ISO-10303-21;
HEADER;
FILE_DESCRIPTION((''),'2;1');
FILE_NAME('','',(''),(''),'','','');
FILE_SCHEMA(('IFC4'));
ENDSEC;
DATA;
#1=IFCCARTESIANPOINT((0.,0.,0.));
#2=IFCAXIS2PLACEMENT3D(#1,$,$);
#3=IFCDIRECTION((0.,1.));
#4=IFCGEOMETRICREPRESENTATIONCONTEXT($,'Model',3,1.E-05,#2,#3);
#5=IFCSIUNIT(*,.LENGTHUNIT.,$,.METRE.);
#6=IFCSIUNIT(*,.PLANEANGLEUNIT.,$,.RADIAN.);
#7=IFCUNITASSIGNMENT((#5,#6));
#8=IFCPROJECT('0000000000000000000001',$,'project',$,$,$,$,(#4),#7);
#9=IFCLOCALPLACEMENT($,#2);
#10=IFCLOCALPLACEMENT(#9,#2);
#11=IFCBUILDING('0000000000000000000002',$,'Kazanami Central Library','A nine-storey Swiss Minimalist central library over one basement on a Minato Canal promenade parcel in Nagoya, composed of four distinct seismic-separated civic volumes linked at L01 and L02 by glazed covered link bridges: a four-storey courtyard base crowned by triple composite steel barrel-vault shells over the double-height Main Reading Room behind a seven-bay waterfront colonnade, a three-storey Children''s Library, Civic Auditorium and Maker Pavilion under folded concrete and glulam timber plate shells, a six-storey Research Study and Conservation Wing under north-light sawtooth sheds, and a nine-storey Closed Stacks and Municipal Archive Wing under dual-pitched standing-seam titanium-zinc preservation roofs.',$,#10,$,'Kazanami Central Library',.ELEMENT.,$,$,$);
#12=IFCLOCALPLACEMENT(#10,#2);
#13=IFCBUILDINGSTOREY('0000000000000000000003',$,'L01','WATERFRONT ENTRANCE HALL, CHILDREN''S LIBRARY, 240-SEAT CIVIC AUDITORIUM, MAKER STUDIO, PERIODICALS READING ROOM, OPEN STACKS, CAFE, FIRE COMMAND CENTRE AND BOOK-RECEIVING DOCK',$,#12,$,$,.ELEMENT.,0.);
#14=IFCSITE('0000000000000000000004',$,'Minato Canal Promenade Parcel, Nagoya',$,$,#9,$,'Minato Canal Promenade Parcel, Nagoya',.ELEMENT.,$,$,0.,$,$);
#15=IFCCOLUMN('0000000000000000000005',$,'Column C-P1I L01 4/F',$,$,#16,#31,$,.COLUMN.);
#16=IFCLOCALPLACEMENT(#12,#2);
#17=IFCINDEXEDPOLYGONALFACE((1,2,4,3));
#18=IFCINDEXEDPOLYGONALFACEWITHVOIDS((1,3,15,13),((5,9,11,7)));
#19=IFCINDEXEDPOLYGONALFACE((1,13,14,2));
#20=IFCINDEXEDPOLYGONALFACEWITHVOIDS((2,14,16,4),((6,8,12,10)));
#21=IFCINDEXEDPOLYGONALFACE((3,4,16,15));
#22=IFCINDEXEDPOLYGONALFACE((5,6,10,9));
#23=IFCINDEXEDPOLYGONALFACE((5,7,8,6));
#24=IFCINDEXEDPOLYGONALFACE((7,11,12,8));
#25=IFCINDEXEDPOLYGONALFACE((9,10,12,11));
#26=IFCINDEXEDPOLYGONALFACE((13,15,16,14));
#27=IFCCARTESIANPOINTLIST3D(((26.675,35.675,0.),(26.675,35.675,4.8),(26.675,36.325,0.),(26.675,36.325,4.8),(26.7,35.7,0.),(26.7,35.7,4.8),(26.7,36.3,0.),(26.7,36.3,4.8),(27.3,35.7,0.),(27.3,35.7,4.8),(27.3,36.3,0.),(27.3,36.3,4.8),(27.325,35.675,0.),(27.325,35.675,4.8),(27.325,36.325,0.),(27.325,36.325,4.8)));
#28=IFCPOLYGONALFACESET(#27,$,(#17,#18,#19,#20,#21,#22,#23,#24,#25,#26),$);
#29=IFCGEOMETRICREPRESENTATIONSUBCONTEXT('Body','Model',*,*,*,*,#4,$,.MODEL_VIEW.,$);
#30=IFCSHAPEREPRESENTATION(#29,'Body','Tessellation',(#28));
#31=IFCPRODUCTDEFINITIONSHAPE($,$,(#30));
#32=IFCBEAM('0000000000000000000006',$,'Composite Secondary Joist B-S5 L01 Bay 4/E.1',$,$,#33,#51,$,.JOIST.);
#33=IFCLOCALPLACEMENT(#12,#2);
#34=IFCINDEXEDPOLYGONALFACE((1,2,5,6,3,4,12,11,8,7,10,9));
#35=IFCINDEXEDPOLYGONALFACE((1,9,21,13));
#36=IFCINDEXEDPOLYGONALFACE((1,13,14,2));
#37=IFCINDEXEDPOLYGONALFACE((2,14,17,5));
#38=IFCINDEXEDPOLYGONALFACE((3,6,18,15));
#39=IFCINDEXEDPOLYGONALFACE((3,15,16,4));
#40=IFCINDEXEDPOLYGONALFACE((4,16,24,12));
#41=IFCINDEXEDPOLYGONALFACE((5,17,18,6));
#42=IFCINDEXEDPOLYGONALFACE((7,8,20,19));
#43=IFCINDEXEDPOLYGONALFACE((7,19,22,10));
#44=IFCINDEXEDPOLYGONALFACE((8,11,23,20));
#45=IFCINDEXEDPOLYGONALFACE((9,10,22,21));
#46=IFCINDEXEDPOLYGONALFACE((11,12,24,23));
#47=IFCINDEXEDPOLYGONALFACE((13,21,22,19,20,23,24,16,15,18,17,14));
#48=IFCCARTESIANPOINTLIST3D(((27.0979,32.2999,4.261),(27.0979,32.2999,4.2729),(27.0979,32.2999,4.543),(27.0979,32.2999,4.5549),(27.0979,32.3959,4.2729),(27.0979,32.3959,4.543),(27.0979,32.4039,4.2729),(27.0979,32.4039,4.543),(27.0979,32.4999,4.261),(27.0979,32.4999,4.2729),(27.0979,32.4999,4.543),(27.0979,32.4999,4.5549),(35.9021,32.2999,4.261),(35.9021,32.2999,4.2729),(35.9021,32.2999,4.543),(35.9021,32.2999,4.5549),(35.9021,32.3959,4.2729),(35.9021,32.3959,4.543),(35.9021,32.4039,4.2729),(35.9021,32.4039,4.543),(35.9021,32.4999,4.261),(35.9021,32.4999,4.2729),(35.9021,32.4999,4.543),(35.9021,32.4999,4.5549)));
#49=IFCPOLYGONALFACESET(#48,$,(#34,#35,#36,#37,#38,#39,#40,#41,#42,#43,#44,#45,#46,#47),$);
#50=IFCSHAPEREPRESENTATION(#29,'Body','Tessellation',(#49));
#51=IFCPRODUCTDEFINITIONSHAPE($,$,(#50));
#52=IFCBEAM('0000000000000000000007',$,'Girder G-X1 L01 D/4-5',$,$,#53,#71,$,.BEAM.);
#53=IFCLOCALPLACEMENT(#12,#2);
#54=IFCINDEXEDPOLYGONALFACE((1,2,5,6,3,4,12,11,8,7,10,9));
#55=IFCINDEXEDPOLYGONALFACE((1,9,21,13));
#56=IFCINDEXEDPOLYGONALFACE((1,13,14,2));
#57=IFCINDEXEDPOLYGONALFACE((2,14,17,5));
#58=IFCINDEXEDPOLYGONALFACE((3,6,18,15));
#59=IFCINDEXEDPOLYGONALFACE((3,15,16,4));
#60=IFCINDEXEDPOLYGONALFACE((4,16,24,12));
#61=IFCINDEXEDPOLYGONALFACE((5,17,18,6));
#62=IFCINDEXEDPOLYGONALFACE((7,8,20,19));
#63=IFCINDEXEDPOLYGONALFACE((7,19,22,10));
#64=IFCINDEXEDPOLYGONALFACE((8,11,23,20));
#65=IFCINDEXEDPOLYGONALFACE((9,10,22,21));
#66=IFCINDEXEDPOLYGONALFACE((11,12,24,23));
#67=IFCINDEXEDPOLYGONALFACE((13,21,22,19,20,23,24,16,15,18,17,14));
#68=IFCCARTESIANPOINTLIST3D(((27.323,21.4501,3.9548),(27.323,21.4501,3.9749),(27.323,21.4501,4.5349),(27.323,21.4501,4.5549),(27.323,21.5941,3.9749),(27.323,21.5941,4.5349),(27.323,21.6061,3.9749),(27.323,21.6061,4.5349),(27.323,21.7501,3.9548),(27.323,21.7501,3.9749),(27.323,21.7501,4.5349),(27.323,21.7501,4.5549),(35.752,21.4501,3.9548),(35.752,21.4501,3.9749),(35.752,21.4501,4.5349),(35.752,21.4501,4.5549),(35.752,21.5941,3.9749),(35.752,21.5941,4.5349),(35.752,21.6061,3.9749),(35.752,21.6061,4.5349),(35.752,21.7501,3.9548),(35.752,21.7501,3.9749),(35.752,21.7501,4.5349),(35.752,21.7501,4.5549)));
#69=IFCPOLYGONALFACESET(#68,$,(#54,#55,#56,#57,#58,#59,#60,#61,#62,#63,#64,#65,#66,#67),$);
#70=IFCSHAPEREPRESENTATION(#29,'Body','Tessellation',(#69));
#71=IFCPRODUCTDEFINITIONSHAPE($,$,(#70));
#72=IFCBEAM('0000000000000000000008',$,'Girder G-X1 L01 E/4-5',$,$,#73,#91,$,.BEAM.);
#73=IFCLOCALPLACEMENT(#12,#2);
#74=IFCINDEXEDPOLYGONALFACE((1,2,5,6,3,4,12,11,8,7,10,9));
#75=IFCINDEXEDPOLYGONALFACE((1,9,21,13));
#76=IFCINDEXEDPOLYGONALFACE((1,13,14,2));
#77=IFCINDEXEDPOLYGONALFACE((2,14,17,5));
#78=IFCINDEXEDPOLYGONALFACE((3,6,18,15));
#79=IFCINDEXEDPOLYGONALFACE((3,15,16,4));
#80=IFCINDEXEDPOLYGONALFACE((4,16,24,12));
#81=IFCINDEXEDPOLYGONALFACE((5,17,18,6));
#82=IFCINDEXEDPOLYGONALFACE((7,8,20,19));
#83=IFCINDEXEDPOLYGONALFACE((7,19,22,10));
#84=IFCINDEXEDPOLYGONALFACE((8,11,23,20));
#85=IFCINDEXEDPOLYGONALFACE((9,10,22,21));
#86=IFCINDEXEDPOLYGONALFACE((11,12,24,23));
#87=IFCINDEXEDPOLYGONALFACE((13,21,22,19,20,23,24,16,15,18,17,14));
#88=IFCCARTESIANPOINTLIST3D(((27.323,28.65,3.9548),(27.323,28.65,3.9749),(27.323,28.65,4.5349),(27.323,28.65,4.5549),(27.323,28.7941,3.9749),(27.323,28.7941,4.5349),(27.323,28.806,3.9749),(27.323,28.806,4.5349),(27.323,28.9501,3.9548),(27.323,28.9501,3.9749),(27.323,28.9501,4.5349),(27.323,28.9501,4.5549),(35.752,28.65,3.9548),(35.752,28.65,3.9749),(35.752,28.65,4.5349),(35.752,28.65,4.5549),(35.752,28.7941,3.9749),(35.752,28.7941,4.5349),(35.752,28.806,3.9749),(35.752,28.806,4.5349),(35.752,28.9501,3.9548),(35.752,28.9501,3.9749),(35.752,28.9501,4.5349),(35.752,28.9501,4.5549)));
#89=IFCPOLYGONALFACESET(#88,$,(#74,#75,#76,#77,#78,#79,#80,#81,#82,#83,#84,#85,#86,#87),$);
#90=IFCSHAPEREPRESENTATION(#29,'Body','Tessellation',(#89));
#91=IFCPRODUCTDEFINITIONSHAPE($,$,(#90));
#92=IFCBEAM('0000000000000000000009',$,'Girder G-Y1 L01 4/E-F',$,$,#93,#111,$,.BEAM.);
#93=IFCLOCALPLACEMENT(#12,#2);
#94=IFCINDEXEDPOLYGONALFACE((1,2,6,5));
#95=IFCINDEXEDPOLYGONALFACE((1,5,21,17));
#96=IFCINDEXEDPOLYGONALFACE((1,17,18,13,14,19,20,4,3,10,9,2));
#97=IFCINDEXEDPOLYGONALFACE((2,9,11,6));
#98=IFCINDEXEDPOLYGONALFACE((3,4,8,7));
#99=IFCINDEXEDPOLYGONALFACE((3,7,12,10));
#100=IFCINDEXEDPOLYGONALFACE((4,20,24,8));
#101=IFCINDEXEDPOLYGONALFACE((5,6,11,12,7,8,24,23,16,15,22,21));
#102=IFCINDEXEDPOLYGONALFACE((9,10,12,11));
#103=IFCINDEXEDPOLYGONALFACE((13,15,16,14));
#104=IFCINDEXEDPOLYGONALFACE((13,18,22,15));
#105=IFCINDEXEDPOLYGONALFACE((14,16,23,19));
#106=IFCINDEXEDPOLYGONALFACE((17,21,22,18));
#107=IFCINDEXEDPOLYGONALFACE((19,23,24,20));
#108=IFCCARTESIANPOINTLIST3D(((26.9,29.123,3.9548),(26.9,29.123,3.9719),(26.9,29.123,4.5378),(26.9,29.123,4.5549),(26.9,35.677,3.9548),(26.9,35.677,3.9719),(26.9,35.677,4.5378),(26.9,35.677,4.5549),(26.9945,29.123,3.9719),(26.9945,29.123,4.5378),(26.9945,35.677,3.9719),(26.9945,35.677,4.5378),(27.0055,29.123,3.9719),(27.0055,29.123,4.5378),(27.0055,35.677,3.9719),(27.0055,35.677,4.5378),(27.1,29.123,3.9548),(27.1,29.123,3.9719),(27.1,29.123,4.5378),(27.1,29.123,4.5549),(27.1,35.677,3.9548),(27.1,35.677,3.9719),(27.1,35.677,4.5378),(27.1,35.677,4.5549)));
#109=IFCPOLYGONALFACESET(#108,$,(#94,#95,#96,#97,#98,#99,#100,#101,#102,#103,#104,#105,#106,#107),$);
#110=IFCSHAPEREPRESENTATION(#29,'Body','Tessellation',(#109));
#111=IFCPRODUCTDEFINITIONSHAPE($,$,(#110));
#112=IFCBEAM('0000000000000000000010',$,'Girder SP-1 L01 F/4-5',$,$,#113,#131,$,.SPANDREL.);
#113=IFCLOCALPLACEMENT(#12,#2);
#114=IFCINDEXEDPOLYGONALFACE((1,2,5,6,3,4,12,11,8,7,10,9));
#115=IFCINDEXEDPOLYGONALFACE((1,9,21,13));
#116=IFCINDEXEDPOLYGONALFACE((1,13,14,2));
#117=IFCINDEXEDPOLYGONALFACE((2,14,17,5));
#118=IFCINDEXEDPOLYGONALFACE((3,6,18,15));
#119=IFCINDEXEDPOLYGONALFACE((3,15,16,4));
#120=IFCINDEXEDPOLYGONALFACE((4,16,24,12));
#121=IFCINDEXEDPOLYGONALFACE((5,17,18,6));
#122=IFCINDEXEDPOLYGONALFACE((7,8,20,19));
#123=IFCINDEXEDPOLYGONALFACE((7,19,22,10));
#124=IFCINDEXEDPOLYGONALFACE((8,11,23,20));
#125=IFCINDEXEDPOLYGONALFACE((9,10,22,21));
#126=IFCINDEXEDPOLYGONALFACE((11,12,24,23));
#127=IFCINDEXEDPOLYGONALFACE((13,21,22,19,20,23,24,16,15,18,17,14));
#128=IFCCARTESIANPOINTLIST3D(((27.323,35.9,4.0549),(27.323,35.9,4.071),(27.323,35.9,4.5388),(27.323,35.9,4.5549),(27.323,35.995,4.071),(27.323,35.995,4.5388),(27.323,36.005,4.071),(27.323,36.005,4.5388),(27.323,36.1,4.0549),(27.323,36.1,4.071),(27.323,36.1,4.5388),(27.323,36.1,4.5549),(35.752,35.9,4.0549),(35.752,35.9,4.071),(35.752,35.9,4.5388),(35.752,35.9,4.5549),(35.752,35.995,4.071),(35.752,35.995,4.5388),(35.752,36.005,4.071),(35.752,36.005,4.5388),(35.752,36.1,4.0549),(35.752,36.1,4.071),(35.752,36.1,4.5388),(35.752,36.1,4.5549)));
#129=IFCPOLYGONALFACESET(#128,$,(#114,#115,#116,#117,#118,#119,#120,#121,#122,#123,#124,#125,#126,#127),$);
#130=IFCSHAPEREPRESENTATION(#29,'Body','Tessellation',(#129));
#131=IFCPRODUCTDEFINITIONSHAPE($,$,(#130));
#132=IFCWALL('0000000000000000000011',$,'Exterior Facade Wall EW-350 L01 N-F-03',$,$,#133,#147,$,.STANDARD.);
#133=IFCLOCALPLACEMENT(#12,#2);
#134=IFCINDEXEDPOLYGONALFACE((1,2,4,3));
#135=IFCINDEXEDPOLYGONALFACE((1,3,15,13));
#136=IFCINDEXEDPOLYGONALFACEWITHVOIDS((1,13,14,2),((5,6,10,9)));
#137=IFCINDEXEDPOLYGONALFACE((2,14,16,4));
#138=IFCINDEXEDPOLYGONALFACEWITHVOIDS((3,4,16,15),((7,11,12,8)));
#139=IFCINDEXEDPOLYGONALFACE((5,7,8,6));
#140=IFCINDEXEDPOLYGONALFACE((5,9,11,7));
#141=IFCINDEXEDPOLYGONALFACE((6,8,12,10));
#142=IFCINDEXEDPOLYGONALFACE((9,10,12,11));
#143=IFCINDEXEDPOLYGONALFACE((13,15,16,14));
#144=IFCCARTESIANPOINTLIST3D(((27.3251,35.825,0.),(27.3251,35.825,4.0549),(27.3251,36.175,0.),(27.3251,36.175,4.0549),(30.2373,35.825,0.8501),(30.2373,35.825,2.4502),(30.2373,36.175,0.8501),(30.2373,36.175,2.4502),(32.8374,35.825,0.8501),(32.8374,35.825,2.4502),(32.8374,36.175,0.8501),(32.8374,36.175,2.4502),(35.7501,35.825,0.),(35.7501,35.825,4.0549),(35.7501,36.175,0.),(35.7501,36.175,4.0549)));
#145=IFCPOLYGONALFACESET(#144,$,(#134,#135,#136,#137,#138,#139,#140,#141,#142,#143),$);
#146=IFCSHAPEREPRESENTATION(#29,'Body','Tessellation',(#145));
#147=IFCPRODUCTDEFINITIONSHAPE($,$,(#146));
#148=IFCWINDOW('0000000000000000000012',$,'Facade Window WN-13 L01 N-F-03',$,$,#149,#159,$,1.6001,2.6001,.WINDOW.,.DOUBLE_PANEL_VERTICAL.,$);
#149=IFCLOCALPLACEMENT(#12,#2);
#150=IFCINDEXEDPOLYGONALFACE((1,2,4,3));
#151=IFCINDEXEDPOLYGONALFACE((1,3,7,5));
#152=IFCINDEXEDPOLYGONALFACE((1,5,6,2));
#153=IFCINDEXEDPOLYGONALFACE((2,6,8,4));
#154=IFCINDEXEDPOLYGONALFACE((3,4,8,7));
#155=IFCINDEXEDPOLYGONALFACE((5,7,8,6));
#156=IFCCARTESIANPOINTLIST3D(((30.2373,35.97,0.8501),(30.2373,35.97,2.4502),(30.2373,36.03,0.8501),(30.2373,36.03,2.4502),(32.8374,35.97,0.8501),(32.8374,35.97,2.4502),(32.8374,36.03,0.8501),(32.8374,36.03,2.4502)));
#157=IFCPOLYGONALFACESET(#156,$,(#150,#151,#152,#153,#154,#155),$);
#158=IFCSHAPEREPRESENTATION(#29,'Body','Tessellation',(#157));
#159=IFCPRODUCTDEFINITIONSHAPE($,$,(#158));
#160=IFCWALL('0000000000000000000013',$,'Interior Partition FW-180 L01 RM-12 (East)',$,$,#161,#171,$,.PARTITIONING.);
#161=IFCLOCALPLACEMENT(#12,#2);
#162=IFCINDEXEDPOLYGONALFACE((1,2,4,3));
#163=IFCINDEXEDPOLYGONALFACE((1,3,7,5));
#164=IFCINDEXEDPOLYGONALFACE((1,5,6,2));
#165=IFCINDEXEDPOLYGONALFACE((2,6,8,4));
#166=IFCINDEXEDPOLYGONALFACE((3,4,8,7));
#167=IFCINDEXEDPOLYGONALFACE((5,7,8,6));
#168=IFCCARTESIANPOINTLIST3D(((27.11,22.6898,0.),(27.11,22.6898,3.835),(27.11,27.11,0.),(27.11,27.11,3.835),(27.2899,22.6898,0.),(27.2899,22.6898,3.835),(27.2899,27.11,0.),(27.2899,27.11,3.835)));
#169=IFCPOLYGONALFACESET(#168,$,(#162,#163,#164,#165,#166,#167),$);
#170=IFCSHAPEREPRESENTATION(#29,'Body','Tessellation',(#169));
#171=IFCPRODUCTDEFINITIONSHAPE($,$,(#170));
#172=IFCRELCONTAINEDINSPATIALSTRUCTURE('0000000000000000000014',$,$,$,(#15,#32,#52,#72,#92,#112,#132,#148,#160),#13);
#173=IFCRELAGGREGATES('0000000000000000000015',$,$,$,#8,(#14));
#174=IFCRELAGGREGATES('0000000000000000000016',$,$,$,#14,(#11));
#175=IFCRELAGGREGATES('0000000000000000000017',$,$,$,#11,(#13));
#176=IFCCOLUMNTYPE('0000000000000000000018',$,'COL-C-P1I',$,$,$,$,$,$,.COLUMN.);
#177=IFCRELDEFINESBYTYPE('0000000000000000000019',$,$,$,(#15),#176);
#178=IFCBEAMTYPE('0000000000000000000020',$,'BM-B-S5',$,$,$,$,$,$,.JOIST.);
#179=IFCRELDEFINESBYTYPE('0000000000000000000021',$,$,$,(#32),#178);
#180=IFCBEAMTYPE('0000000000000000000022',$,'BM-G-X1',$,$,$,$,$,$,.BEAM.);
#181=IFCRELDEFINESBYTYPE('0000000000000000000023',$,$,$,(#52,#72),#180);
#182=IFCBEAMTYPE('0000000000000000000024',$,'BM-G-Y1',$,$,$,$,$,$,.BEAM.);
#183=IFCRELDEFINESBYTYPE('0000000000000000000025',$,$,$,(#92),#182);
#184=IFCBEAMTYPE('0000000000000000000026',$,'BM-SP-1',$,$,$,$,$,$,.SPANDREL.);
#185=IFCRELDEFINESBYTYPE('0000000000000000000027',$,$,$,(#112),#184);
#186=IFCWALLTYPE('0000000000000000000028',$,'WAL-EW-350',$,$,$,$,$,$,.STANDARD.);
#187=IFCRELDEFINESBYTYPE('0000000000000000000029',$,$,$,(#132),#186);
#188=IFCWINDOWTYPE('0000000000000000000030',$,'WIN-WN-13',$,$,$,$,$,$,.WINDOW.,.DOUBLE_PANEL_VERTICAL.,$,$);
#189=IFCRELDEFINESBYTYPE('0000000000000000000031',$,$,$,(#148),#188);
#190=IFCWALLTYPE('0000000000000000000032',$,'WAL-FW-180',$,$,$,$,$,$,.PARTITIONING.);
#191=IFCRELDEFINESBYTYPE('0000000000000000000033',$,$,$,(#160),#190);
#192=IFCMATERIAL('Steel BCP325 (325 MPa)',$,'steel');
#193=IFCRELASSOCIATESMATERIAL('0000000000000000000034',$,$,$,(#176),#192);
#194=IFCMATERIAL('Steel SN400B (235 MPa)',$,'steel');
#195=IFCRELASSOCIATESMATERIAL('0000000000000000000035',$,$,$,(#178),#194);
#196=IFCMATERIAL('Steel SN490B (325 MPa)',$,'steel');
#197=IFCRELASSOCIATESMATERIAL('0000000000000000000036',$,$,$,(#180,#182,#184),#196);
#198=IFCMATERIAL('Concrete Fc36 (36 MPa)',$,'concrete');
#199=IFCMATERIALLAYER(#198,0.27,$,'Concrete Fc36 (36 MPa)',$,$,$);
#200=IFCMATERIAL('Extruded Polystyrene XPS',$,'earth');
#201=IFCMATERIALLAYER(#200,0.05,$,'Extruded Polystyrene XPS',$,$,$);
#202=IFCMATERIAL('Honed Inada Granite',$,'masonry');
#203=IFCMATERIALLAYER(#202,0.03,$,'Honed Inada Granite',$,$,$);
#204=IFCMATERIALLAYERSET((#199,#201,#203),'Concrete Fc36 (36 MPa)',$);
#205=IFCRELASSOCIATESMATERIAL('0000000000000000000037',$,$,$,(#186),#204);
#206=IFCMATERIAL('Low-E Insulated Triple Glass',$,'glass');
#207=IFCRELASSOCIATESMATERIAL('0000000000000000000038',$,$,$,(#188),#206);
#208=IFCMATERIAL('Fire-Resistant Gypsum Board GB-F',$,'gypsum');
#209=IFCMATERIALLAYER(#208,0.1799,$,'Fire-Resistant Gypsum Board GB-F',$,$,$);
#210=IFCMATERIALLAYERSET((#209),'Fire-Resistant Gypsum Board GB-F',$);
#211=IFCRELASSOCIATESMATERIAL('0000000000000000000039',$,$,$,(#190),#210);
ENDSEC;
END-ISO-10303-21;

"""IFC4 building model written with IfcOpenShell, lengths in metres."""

from ifc_helpers import new_model, si_unit, direction, frame, frame_2d, origin, origin_2d, place, context, subcontext, project, spatial, rectangle, hollow_rectangle, i_section, extrude, material, layer, layer_set, material_profile, profile_set, type_object, element, fill, save


model = new_model("IFC4")

# Units and contexts
model_context = context("Model", 3, precision=1e-05, world=origin(), true_north=direction((0.0, 1.0)))
body_context = subcontext(model_context, "Body", "Model", "MODEL_VIEW")
ifc_project = project(units=[si_unit("LENGTHUNIT", "METRE"), si_unit("PLANEANGLEUNIT", "RADIAN")], contexts=[model_context])

# Site, building, storey
site_placement = place(None, origin())
site = spatial("IfcSite", under=ifc_project, at=site_placement, Name="Minato Canal Promenade Parcel, Nagoya", LongName="Minato Canal Promenade Parcel, Nagoya", CompositionType="ELEMENT", RefElevation=0.0)
building_placement = place(site_placement, origin())
building = spatial("IfcBuilding", under=site, at=building_placement, Name="Kazanami Central Library", Description="A nine-storey Swiss Minimalist central library over one basement on a Minato Canal promenade parcel in Nagoya, composed of four distinct seismic-separated civic volumes linked at L01 and L02 by glazed covered link bridges: a four-storey courtyard base crowned by triple composite steel barrel-vault shells over the double-height Main Reading Room behind a seven-bay waterfront colonnade, a three-storey Children's Library, Civic Auditorium and Maker Pavilion under folded concrete and glulam timber plate shells, a six-storey Research Study and Conservation Wing under north-light sawtooth sheds, and a nine-storey Closed Stacks and Municipal Archive Wing under dual-pitched standing-seam titanium-zinc preservation roofs.", LongName="Kazanami Central Library", CompositionType="ELEMENT")
storey_placement = place(building_placement, origin())
storey = spatial("IfcBuildingStorey", under=building, at=storey_placement, Name="L01", Description="WATERFRONT ENTRANCE HALL, CHILDREN'S LIBRARY, 240-SEAT CIVIC AUDITORIUM, MAKER STUDIO, PERIODICALS READING ROOM, OPEN STACKS, CAFE, FIRE COMMAND CENTRE AND BOOK-RECEIVING DOCK", CompositionType="ELEMENT", Elevation=0.0)

# Column
ifc_material_1 = material(Name="Steel BCP325 (325 MPa)", Category="steel")
ifc_material_profile_1 = material_profile(ifc_material_1, hollow_rectangle(XDim=0.6499, YDim=0.6499, WallThickness=0.0249, at=origin_2d()), Name="BCP-650x650x25")
ifc_profile_set_1 = profile_set([ifc_material_profile_1], Name="Steel BCP325 (325 MPa)")
column_type = type_object("IfcColumnType", Name="COL-C-P1I", PredefinedType="COLUMN", material=ifc_profile_set_1)
column_placement = place(storey_placement, frame((27.0, 36.0, 0.0), z_axis=(0.0, 0.0, 1.0), x_axis=(1.0, 0.0, 0.0)))
element("IfcColumn", 1, at=column_placement, inside=storey, type_object=column_type, Name="Column C-P1I L01 4/F", PredefinedType="COLUMN", context=body_context, shape_type="SweptSolid", body=[
    extrude(hollow_rectangle(XDim=0.6499, YDim=0.6499, WallThickness=0.0249, at=origin_2d()), origin(), (0.0, 0.0, 1.0), 4.8),
])

# Beams
ifc_material_2 = material(Name="Steel SN400B (235 MPa)", Category="steel")
ifc_material_profile_2 = material_profile(ifc_material_2, i_section(OverallWidth=0.2, OverallDepth=0.2939, WebThickness=0.0081, FlangeThickness=0.012, at=origin_2d()), Name="H-294x200x8x12")
ifc_profile_set_2 = profile_set([ifc_material_profile_2], Name="Steel SN400B (235 MPa)")
beam_type_1 = type_object("IfcBeamType", Name="BM-B-S5", PredefinedType="JOIST", material=ifc_profile_set_2)
beam_1_placement = place(storey_placement, frame((27.0979, 32.3999, 4.408), z_axis=(1.0, 0.0, 0.0), x_axis=(0.0, 1.0, 0.0)))
element("IfcBeam", 2, at=beam_1_placement, inside=storey, type_object=beam_type_1, Name="Composite Secondary Joist B-S5 L01 Bay 4/E.1", PredefinedType="JOIST", context=body_context, shape_type="SweptSolid", body=[
    extrude(i_section(OverallWidth=0.2, OverallDepth=0.2939, WebThickness=0.0081, FlangeThickness=0.012, at=origin_2d()), origin(), (0.0, 0.0, 1.0), 8.8042),
])
ifc_material_3 = material(Name="Steel SN490B (325 MPa)", Category="steel")
ifc_material_profile_3 = material_profile(ifc_material_3, i_section(OverallWidth=0.3, OverallDepth=0.6001, WebThickness=0.012, FlangeThickness=0.02, at=origin_2d()), Name="H-600x300x12x20")
ifc_profile_set_3 = profile_set([ifc_material_profile_3], Name="Steel SN490B (325 MPa)")
beam_type_2 = type_object("IfcBeamType", Name="BM-G-X1", PredefinedType="BEAM", material=ifc_profile_set_3)
for number, where, z_axis, x_axis, name in (
    (3, (27.323, 21.6001, 4.2549), (1.0, 0.0, 0.0), (0.0, 1.0, 0.0), "Girder G-X1 L01 D/4-5"),
    (4, (27.323, 28.8, 4.2549), (1.0, 0.0, 0.0), (0.0, 1.0, 0.0), "Girder G-X1 L01 E/4-5"),
):
    element("IfcBeam", number, at=place(storey_placement, frame(where, z_axis=z_axis, x_axis=x_axis)), inside=storey, type_object=beam_type_2, Name=name, PredefinedType="BEAM", context=body_context, shape_type="SweptSolid", body=[
        extrude(i_section(OverallWidth=0.3, OverallDepth=0.6001, WebThickness=0.012, FlangeThickness=0.02, at=origin_2d()), origin(), (0.0, 0.0, 1.0), 8.429),
    ])
ifc_material_profile_4 = material_profile(ifc_material_3, i_section(OverallWidth=0.2, OverallDepth=0.6001, WebThickness=0.011, FlangeThickness=0.0171, at=origin_2d()), Name="H-600x200x11x17")
ifc_profile_set_4 = profile_set([ifc_material_profile_4], Name="Steel SN490B (325 MPa)")
beam_type_3 = type_object("IfcBeamType", Name="BM-G-Y1", PredefinedType="BEAM", material=ifc_profile_set_4)
beam_2_placement = place(storey_placement, frame((27.0, 29.123, 4.2549), z_axis=(0.0, 1.0, 0.0), x_axis=(-1.0, 0.0, 0.0)))
element("IfcBeam", 5, at=beam_2_placement, inside=storey, type_object=beam_type_3, Name="Girder G-Y1 L01 4/E-F", PredefinedType="BEAM", context=body_context, shape_type="SweptSolid", body=[
    extrude(i_section(OverallWidth=0.2, OverallDepth=0.6001, WebThickness=0.011, FlangeThickness=0.0171, at=origin_2d()), origin(), (0.0, 0.0, 1.0), 6.554),
])
ifc_material_profile_5 = material_profile(ifc_material_3, i_section(OverallWidth=0.2, OverallDepth=0.5, WebThickness=0.01, FlangeThickness=0.0161, at=origin_2d()), Name="H-500x200x10x16")
ifc_profile_set_5 = profile_set([ifc_material_profile_5], Name="Steel SN490B (325 MPa)")
beam_type_4 = type_object("IfcBeamType", Name="BM-SP-1", PredefinedType="SPANDREL", material=ifc_profile_set_5)
beam_3_placement = place(storey_placement, frame((27.323, 36.0, 4.3049), z_axis=(1.0, 0.0, 0.0), x_axis=(0.0, 1.0, 0.0)))
element("IfcBeam", 6, at=beam_3_placement, inside=storey, type_object=beam_type_4, Name="Girder SP-1 L01 F/4-5", PredefinedType="SPANDREL", context=body_context, shape_type="SweptSolid", body=[
    extrude(i_section(OverallWidth=0.2, OverallDepth=0.5, WebThickness=0.01, FlangeThickness=0.0161, at=origin_2d()), origin(), (0.0, 0.0, 1.0), 8.429),
])

# Wall, opening, window
ifc_material_4 = material(Name="Concrete Fc36 (36 MPa)", Category="concrete")
ifc_layer_1 = layer(ifc_material_4, 0.27, Name="Concrete Fc36 (36 MPa)")
ifc_material_5 = material(Name="Extruded Polystyrene XPS", Category="earth")
ifc_layer_2 = layer(ifc_material_5, 0.05, Name="Extruded Polystyrene XPS")
ifc_material_6 = material(Name="Honed Inada Granite", Category="masonry")
ifc_layer_3 = layer(ifc_material_6, 0.03, Name="Honed Inada Granite")
ifc_layer_set_1 = layer_set([ifc_layer_1, ifc_layer_2, ifc_layer_3], Name="Concrete Fc36 (36 MPa)")
wall_type_1 = type_object("IfcWallType", Name="WAL-EW-350", PredefinedType="STANDARD", material=ifc_layer_set_1)
wall_1_placement = place(storey_placement, frame((35.75, 36.0, 0.0), z_axis=(0.0, 0.0, 1.0), x_axis=(-1.0, 0.0, 0.0)))
wall_1 = element("IfcWall", 7, at=wall_1_placement, inside=storey, type_object=wall_type_1, Name="Exterior Facade Wall EW-350 L01 N-F-03", PredefinedType="STANDARD", context=body_context, shape_type="SweptSolid", body=[
    extrude(rectangle(XDim=8.425, YDim=0.3501, at=frame_2d((4.2124, 0.0))), origin(), (0.0, 0.0, 1.0), 4.0549),
])
opening_1_placement = place(wall_1_placement, frame((2.9126, 0.0, 0.8501)))
opening_1 = element("IfcOpeningElement", 8, at=opening_1_placement, cuts=wall_1, PredefinedType="OPENING", context=body_context, shape_type="SweptSolid", body=[
    extrude(rectangle(XDim=2.6001, YDim=1.6001, at=frame_2d((1.3, 0.8))), frame((0.0, 0.187, 0.0), z_axis=(0.0, -1.0, 0.0), x_axis=(1.0, 0.0, 0.0)), (0.0, 0.0, 1.0), 0.374),
])
ifc_material_7 = material(Name="Low-E Insulated Triple Glass", Category="glass")
window_type = type_object("IfcWindowType", Name="WIN-WN-13", PartitioningType="DOUBLE_PANEL_VERTICAL", PredefinedType="WINDOW", material=ifc_material_7)
window_placement = place(opening_1_placement, origin())
window = element("IfcWindow", 9, at=window_placement, inside=storey, type_object=window_type, Name="Facade Window WN-13 L01 N-F-03", OverallHeight=1.6001, OverallWidth=2.6001, PartitioningType="DOUBLE_PANEL_VERTICAL", PredefinedType="WINDOW", context=body_context, shape_type="SweptSolid", body=[
    extrude(rectangle(XDim=2.6001, YDim=1.6001, at=frame_2d((1.3, 0.8))), frame((0.0, 0.03, 0.0), z_axis=(0.0, -1.0, 0.0), x_axis=(1.0, 0.0, 0.0)), (0.0, 0.0, 1.0), 0.0601),
])
fill(opening_1, window)

# Wall
ifc_material_8 = material(Name="Fire-Resistant Gypsum Board GB-F", Category="gypsum")
ifc_layer_4 = layer(ifc_material_8, 0.1799, Name="Fire-Resistant Gypsum Board GB-F")
ifc_layer_set_2 = layer_set([ifc_layer_4], Name="Fire-Resistant Gypsum Board GB-F")
wall_type_2 = type_object("IfcWallType", Name="WAL-FW-180", PredefinedType="PARTITIONING", material=ifc_layer_set_2)
wall_2_placement = place(storey_placement, frame((27.2, 22.6899, 0.0), z_axis=(0.0, 0.0, 1.0), x_axis=(0.0, 1.0, 0.0)))
element("IfcWall", 10, at=wall_2_placement, inside=storey, type_object=wall_type_2, Name="Interior Partition FW-180 L01 RM-12 (East)", PredefinedType="PARTITIONING", context=body_context, shape_type="SweptSolid", body=[
    extrude(rectangle(XDim=4.4202, YDim=0.1799, at=frame_2d((2.21, 0.0))), origin(), (0.0, 0.0, 1.0), 3.835),
])

save(model, "model.ifc")
